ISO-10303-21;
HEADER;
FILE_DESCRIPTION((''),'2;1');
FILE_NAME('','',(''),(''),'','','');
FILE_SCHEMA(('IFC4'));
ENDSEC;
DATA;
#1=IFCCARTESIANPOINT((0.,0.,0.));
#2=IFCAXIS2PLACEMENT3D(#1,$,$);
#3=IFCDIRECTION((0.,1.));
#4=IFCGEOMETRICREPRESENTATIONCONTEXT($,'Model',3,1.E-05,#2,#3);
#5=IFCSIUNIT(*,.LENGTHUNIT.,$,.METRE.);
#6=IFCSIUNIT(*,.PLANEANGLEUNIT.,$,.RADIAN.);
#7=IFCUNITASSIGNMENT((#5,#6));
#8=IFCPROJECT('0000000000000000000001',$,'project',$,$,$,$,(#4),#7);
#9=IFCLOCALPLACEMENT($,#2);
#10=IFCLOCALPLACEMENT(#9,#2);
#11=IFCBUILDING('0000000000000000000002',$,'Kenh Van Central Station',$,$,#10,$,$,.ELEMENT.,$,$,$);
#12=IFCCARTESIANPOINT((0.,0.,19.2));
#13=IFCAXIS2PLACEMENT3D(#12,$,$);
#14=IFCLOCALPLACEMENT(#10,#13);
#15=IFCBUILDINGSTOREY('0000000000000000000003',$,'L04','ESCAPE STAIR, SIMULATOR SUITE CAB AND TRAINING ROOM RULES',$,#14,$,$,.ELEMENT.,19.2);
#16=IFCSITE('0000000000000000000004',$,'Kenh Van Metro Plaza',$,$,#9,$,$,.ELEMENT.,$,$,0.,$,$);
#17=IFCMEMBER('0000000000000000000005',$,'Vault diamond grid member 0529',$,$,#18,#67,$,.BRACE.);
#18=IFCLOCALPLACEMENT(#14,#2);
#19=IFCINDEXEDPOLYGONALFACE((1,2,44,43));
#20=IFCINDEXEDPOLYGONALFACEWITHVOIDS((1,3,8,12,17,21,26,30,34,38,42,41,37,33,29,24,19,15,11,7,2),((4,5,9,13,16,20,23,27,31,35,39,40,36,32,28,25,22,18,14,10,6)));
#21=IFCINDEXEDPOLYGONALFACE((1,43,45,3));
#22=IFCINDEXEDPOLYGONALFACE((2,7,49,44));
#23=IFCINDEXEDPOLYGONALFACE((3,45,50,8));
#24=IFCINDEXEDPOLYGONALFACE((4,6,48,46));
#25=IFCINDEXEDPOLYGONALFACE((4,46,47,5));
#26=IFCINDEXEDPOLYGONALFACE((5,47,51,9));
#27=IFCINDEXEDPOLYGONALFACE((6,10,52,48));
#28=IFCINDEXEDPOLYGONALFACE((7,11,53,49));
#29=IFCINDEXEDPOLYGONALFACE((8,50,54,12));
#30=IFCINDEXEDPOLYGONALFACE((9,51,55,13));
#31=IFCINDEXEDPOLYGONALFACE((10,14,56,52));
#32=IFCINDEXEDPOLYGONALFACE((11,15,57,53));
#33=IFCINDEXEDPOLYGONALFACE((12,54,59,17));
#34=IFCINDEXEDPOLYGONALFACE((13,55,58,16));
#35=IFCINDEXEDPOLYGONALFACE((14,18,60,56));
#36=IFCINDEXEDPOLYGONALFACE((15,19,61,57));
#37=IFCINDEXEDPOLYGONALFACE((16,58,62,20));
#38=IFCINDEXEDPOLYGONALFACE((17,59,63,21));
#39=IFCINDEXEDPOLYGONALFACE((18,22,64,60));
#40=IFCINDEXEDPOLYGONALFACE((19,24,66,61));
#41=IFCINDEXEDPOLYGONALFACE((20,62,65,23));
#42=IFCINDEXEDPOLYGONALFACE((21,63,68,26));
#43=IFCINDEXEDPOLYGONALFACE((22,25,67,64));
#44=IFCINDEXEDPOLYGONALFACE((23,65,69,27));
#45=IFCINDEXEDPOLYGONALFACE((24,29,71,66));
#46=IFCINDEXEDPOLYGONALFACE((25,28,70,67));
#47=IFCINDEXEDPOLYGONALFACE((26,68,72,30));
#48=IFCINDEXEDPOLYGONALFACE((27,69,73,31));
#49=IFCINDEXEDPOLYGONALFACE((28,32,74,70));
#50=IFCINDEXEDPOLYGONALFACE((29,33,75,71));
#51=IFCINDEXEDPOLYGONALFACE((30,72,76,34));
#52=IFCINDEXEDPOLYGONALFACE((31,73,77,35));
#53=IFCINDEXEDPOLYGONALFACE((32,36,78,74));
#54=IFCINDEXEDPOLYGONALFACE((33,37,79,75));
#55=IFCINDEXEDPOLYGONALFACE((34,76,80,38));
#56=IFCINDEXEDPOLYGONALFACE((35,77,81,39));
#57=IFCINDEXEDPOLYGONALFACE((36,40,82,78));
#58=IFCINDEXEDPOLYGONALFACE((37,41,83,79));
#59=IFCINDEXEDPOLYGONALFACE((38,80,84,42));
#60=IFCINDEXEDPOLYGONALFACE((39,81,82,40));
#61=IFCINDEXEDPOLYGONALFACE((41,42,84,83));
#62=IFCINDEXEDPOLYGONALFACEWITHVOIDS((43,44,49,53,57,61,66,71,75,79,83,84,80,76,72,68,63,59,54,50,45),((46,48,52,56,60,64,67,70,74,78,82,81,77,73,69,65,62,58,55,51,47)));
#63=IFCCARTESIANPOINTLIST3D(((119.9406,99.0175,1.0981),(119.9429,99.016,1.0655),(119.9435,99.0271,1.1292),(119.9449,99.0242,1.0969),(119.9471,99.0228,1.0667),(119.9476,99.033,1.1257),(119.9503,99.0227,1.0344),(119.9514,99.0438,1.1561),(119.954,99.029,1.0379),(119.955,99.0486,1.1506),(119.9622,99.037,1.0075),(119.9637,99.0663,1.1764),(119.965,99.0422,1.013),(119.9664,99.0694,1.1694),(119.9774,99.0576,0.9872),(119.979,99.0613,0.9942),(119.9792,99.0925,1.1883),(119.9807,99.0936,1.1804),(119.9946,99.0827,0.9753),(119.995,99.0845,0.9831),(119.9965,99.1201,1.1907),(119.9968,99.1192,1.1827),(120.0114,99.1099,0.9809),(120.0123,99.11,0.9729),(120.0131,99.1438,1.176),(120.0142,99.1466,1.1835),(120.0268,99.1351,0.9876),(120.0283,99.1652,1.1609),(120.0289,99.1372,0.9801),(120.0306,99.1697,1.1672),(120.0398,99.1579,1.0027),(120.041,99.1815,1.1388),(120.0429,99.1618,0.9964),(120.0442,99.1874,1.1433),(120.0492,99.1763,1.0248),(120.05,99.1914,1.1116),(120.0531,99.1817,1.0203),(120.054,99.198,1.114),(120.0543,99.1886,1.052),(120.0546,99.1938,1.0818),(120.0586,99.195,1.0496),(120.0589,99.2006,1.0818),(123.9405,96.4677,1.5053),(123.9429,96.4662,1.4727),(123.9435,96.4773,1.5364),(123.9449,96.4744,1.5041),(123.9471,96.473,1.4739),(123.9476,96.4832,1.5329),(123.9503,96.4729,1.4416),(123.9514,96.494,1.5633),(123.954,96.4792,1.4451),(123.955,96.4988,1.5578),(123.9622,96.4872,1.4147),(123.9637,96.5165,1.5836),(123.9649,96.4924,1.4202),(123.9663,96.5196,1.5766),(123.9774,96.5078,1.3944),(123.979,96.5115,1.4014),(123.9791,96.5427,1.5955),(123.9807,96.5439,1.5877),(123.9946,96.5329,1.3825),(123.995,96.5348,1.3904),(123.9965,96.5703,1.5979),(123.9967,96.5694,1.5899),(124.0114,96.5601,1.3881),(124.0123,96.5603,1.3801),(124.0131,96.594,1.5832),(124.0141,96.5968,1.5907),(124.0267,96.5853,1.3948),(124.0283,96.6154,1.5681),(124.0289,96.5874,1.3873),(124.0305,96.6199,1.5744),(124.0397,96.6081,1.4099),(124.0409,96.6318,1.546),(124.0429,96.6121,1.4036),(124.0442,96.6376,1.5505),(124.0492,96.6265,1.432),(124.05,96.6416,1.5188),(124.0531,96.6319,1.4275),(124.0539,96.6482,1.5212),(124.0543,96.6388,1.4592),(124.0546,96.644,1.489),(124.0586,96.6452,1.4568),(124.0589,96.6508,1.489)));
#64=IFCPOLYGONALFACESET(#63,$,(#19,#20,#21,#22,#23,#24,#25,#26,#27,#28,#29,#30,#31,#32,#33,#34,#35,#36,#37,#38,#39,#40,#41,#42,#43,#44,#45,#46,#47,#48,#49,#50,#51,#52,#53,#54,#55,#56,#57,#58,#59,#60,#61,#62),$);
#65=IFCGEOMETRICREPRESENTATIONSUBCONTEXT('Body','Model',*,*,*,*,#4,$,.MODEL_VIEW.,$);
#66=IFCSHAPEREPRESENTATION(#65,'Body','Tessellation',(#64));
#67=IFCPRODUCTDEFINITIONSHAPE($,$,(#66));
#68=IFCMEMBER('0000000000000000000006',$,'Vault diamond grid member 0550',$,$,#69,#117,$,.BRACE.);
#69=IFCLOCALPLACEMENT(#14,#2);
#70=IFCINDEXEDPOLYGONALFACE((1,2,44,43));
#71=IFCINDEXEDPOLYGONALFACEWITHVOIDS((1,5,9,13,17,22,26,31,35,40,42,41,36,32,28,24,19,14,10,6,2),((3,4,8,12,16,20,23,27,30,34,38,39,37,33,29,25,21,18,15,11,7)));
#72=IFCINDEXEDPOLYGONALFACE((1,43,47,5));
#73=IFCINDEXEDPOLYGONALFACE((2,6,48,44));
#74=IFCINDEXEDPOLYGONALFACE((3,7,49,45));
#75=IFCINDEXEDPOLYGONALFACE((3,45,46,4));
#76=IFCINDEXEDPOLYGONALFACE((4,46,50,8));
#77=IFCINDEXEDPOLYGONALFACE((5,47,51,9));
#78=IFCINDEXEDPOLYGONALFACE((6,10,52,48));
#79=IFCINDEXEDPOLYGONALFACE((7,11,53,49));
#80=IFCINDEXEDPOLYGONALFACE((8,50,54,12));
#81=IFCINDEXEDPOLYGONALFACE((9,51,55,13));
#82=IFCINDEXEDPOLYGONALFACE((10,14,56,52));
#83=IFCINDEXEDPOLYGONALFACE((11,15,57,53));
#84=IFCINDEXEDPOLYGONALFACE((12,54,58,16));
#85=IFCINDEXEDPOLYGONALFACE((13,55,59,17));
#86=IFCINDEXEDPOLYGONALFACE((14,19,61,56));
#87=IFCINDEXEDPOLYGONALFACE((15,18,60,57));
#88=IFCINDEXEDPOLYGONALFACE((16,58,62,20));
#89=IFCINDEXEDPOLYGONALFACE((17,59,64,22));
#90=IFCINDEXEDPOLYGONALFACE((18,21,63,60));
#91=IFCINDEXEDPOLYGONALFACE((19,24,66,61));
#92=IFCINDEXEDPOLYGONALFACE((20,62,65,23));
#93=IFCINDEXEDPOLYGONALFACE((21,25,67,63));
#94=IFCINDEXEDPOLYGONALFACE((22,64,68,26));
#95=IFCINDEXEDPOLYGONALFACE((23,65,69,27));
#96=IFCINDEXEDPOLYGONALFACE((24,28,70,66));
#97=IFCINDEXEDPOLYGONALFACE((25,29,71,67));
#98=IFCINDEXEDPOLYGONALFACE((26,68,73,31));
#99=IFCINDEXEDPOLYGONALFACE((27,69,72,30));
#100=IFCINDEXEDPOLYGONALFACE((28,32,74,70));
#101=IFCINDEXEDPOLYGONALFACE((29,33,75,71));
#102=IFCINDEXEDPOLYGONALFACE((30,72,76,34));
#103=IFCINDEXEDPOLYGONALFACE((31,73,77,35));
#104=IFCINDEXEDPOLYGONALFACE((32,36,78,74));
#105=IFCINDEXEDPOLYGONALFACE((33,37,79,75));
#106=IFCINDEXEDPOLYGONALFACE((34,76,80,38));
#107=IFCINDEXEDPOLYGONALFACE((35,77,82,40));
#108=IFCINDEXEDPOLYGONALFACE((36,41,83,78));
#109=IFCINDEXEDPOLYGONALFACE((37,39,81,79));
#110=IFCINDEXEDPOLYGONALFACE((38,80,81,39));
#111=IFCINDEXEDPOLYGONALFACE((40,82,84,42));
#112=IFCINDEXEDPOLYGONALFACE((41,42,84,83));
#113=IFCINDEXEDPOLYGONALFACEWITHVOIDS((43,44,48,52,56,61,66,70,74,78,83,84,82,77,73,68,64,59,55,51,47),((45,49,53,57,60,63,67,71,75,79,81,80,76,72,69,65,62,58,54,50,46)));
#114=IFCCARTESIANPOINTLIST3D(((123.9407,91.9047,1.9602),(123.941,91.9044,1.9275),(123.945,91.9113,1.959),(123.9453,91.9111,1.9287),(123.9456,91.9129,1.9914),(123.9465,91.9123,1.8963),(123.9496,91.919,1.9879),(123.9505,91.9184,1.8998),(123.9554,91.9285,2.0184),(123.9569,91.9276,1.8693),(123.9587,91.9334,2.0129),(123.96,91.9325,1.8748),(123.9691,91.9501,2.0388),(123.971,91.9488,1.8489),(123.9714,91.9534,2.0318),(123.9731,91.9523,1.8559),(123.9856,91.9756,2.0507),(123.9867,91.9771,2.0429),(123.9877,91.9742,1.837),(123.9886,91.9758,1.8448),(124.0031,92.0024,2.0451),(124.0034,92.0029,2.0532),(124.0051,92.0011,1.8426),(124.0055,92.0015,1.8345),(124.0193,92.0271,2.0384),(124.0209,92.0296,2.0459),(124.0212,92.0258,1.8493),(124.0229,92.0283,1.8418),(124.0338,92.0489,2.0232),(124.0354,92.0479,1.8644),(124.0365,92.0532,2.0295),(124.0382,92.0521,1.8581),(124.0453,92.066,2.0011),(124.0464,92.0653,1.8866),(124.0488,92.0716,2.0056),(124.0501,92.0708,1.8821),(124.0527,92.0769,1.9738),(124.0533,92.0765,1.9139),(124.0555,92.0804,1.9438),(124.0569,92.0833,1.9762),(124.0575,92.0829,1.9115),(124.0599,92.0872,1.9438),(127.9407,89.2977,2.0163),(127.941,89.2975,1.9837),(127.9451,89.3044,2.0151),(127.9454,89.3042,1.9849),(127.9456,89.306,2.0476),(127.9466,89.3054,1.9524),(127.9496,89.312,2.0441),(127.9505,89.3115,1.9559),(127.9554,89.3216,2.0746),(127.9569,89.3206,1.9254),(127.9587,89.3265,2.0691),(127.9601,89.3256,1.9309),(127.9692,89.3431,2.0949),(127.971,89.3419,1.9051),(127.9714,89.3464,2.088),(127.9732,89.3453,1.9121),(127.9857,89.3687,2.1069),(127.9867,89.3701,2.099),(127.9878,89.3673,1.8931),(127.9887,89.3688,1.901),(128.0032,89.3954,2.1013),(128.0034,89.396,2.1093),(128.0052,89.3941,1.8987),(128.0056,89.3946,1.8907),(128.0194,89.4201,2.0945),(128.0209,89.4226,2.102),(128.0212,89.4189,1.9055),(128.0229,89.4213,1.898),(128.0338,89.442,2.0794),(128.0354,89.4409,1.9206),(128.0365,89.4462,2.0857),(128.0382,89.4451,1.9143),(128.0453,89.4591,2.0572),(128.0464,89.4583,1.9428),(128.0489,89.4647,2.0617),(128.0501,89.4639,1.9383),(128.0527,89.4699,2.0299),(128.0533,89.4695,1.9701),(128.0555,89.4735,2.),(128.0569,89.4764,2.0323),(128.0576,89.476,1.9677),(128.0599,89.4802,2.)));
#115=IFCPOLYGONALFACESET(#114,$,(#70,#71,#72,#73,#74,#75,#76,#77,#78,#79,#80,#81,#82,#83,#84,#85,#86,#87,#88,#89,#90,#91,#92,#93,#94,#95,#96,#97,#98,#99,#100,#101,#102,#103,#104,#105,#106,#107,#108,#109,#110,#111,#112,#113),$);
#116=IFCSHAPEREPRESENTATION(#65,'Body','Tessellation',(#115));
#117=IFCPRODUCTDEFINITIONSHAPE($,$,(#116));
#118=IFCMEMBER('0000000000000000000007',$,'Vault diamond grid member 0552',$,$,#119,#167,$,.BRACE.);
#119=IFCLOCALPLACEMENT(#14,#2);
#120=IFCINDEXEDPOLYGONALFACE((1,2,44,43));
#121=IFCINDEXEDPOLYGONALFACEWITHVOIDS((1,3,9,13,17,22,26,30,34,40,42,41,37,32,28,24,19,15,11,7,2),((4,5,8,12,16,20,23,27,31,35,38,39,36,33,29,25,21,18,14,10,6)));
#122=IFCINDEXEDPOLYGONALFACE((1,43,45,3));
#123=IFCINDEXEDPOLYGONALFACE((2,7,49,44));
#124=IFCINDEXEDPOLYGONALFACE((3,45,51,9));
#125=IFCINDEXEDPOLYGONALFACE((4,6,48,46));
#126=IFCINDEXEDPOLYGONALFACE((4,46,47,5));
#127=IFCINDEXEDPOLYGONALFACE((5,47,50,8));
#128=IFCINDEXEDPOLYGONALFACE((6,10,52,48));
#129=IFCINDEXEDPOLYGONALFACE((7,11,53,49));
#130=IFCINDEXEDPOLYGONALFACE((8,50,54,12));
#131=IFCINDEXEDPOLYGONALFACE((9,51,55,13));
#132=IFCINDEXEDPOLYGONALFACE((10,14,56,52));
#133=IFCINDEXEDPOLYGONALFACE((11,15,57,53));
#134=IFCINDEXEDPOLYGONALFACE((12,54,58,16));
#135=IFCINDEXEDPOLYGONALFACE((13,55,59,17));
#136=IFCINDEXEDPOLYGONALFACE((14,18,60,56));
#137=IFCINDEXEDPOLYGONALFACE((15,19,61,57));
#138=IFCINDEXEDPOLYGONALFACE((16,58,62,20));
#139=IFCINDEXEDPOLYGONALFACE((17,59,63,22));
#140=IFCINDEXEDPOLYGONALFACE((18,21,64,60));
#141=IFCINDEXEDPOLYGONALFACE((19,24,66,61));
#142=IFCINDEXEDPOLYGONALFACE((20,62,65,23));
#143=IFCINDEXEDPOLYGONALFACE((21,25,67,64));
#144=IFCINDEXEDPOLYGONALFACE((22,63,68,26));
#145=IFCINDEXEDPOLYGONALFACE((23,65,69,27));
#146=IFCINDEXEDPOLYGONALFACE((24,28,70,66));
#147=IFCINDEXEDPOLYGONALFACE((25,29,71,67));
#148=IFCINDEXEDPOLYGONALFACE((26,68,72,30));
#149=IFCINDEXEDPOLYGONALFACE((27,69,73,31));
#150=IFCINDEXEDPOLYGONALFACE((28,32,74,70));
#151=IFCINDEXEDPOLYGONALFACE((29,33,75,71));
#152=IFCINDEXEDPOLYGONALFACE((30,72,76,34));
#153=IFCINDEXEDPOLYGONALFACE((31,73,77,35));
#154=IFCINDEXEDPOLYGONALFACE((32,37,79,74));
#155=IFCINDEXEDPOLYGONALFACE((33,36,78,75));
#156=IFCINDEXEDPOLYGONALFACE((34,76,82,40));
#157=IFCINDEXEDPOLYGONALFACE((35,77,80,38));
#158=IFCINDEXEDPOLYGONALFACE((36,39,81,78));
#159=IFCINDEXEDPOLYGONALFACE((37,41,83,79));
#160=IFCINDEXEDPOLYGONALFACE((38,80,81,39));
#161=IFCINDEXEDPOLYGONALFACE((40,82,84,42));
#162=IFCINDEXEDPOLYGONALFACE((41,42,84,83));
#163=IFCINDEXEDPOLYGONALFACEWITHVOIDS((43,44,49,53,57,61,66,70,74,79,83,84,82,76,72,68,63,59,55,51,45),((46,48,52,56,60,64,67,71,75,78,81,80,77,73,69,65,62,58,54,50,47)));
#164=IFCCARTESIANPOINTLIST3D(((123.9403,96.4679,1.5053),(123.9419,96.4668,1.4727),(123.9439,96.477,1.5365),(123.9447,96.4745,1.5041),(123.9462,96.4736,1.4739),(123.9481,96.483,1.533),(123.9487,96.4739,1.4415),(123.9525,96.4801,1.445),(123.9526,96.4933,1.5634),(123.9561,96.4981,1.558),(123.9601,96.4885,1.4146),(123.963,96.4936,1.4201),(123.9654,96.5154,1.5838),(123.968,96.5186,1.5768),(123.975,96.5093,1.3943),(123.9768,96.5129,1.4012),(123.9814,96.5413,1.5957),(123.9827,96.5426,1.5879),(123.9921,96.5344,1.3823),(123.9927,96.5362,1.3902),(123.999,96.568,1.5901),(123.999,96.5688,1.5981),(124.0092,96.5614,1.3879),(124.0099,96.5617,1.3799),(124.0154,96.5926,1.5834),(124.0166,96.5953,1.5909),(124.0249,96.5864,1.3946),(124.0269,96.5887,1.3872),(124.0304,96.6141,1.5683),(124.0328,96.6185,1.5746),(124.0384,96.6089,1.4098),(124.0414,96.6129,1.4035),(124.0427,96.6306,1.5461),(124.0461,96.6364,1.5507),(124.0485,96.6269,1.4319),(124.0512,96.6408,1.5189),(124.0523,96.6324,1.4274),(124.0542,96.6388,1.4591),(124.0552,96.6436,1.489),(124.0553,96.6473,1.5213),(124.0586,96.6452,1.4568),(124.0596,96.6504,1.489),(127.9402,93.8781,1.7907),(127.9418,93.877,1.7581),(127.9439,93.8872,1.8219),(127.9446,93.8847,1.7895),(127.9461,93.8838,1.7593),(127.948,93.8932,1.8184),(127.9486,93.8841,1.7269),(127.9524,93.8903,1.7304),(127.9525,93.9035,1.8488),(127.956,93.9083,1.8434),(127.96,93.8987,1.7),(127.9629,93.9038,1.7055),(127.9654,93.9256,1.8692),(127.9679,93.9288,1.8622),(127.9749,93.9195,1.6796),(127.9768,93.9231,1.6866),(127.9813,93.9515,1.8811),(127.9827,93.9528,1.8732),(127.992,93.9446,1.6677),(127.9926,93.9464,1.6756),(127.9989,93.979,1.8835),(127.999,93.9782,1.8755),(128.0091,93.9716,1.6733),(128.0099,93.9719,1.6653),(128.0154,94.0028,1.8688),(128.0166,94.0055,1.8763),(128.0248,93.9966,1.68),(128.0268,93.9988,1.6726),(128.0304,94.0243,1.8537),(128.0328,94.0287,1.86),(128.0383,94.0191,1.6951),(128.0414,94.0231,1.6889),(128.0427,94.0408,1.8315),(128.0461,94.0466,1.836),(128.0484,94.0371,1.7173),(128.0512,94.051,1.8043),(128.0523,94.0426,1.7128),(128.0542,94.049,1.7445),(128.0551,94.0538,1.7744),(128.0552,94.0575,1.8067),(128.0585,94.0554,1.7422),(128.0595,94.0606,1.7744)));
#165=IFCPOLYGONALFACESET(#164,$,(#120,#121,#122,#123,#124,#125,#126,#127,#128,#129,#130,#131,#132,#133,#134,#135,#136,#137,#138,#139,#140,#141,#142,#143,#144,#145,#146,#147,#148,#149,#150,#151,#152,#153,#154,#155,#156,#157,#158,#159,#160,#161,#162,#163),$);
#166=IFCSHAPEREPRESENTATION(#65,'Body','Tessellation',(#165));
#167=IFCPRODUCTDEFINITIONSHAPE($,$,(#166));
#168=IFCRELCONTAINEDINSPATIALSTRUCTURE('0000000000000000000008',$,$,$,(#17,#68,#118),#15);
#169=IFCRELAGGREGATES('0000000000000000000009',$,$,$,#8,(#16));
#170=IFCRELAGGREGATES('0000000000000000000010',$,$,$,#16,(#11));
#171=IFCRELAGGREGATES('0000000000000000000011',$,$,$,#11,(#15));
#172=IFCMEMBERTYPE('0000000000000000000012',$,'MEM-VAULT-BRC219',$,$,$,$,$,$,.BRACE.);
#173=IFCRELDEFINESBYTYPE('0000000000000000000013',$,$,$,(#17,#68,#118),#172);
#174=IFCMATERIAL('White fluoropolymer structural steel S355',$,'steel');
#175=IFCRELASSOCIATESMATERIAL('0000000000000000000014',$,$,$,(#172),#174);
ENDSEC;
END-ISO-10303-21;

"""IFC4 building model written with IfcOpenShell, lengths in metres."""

from ifc_helpers import new_model, si_unit, direction, frame, origin, origin_2d, place, context, subcontext, project, spatial, hollow_circle, extrude, material, material_profile, profile_set, type_object, element, save


model = new_model("IFC4")

# Units and contexts
model_context = context("Model", 3, precision=1e-05, world=origin(), true_north=direction((0.0, 1.0)))
body_context = subcontext(model_context, "Body", "Model", "MODEL_VIEW")
ifc_project = project(units=[si_unit("LENGTHUNIT", "METRE"), si_unit("PLANEANGLEUNIT", "RADIAN")], contexts=[model_context])

# Site, building, storey
site_placement = place(None, origin())
site = spatial("IfcSite", under=ifc_project, at=site_placement, Name="Kenh Van Metro Plaza", CompositionType="ELEMENT", RefElevation=0.0)
building_placement = place(site_placement, origin())
building = spatial("IfcBuilding", under=site, at=building_placement, Name="Kenh Van Central Station", CompositionType="ELEMENT")
storey_placement = place(building_placement, frame((0.0, 0.0, 19.2)))
storey = spatial("IfcBuildingStorey", under=building, at=storey_placement, Name="L04", Description="ESCAPE STAIR, SIMULATOR SUITE CAB AND TRAINING ROOM RULES", CompositionType="ELEMENT", Elevation=19.2)

# Shared definitions
ifc_material_1 = material(Name="White fluoropolymer structural steel S355", Category="steel")

# Members
ifc_material_profile_1 = material_profile(ifc_material_1, hollow_circle(Radius=0.1096, WallThickness=0.0081, at=origin_2d()), Name="CHS 219.1x8")
ifc_profile_set_1 = profile_set([ifc_material_profile_1], Name="White fluoropolymer structural steel S355")
member_type_1 = type_object("IfcMemberType", Name="MEM-VAULT-BRC219", PredefinedType="BRACE", material=ifc_profile_set_1)
member_1_placement = place(storey_placement, frame((120.0, 99.1082, 1.0818), z_axis=(0.840156, -0.535558, 0.085533), x_axis=(0.537528, 0.843246, 0.0)))
element("IfcMember", 1, at=member_1_placement, inside=storey, type_object=member_type_1, Name="Vault diamond grid member 0529", PredefinedType="BRACE", context=body_context, shape_type="SweptSolid", body=[
    extrude(hollow_circle(Radius=0.1096, WallThickness=0.0081, at=origin_2d()), origin(), (0.0, 0.0, 1.0), 4.761),
])
member_2_placement = place(storey_placement, frame((124.0, 91.9954, 1.9438), z_axis=(0.837721, -0.545971, 0.01176), x_axis=(0.546009, 0.837779, 0.0)))
element("IfcMember", 2, at=member_2_placement, inside=storey, type_object=member_type_1, Name="Vault diamond grid member 0550", PredefinedType="BRACE", context=body_context, shape_type="SweptSolid", body=[
    extrude(hollow_circle(Radius=0.1096, WallThickness=0.0081, at=origin_2d()), origin(), (0.0, 0.0, 1.0), 4.7749),
])
member_3_placement = place(storey_placement, frame((124.0, 96.5583, 1.489), z_axis=(0.837915, -0.542517, 0.059785), x_axis=(0.543489, 0.839416, 0.0)))
element("IfcMember", 3, at=member_3_placement, inside=storey, type_object=member_type_1, Name="Vault diamond grid member 0552", PredefinedType="BRACE", context=body_context, shape_type="SweptSolid", body=[
    extrude(hollow_circle(Radius=0.1096, WallThickness=0.0081, at=origin_2d()), origin(), (0.0, 0.0, 1.0), 4.7737),
])

save(model, "model.ifc")
